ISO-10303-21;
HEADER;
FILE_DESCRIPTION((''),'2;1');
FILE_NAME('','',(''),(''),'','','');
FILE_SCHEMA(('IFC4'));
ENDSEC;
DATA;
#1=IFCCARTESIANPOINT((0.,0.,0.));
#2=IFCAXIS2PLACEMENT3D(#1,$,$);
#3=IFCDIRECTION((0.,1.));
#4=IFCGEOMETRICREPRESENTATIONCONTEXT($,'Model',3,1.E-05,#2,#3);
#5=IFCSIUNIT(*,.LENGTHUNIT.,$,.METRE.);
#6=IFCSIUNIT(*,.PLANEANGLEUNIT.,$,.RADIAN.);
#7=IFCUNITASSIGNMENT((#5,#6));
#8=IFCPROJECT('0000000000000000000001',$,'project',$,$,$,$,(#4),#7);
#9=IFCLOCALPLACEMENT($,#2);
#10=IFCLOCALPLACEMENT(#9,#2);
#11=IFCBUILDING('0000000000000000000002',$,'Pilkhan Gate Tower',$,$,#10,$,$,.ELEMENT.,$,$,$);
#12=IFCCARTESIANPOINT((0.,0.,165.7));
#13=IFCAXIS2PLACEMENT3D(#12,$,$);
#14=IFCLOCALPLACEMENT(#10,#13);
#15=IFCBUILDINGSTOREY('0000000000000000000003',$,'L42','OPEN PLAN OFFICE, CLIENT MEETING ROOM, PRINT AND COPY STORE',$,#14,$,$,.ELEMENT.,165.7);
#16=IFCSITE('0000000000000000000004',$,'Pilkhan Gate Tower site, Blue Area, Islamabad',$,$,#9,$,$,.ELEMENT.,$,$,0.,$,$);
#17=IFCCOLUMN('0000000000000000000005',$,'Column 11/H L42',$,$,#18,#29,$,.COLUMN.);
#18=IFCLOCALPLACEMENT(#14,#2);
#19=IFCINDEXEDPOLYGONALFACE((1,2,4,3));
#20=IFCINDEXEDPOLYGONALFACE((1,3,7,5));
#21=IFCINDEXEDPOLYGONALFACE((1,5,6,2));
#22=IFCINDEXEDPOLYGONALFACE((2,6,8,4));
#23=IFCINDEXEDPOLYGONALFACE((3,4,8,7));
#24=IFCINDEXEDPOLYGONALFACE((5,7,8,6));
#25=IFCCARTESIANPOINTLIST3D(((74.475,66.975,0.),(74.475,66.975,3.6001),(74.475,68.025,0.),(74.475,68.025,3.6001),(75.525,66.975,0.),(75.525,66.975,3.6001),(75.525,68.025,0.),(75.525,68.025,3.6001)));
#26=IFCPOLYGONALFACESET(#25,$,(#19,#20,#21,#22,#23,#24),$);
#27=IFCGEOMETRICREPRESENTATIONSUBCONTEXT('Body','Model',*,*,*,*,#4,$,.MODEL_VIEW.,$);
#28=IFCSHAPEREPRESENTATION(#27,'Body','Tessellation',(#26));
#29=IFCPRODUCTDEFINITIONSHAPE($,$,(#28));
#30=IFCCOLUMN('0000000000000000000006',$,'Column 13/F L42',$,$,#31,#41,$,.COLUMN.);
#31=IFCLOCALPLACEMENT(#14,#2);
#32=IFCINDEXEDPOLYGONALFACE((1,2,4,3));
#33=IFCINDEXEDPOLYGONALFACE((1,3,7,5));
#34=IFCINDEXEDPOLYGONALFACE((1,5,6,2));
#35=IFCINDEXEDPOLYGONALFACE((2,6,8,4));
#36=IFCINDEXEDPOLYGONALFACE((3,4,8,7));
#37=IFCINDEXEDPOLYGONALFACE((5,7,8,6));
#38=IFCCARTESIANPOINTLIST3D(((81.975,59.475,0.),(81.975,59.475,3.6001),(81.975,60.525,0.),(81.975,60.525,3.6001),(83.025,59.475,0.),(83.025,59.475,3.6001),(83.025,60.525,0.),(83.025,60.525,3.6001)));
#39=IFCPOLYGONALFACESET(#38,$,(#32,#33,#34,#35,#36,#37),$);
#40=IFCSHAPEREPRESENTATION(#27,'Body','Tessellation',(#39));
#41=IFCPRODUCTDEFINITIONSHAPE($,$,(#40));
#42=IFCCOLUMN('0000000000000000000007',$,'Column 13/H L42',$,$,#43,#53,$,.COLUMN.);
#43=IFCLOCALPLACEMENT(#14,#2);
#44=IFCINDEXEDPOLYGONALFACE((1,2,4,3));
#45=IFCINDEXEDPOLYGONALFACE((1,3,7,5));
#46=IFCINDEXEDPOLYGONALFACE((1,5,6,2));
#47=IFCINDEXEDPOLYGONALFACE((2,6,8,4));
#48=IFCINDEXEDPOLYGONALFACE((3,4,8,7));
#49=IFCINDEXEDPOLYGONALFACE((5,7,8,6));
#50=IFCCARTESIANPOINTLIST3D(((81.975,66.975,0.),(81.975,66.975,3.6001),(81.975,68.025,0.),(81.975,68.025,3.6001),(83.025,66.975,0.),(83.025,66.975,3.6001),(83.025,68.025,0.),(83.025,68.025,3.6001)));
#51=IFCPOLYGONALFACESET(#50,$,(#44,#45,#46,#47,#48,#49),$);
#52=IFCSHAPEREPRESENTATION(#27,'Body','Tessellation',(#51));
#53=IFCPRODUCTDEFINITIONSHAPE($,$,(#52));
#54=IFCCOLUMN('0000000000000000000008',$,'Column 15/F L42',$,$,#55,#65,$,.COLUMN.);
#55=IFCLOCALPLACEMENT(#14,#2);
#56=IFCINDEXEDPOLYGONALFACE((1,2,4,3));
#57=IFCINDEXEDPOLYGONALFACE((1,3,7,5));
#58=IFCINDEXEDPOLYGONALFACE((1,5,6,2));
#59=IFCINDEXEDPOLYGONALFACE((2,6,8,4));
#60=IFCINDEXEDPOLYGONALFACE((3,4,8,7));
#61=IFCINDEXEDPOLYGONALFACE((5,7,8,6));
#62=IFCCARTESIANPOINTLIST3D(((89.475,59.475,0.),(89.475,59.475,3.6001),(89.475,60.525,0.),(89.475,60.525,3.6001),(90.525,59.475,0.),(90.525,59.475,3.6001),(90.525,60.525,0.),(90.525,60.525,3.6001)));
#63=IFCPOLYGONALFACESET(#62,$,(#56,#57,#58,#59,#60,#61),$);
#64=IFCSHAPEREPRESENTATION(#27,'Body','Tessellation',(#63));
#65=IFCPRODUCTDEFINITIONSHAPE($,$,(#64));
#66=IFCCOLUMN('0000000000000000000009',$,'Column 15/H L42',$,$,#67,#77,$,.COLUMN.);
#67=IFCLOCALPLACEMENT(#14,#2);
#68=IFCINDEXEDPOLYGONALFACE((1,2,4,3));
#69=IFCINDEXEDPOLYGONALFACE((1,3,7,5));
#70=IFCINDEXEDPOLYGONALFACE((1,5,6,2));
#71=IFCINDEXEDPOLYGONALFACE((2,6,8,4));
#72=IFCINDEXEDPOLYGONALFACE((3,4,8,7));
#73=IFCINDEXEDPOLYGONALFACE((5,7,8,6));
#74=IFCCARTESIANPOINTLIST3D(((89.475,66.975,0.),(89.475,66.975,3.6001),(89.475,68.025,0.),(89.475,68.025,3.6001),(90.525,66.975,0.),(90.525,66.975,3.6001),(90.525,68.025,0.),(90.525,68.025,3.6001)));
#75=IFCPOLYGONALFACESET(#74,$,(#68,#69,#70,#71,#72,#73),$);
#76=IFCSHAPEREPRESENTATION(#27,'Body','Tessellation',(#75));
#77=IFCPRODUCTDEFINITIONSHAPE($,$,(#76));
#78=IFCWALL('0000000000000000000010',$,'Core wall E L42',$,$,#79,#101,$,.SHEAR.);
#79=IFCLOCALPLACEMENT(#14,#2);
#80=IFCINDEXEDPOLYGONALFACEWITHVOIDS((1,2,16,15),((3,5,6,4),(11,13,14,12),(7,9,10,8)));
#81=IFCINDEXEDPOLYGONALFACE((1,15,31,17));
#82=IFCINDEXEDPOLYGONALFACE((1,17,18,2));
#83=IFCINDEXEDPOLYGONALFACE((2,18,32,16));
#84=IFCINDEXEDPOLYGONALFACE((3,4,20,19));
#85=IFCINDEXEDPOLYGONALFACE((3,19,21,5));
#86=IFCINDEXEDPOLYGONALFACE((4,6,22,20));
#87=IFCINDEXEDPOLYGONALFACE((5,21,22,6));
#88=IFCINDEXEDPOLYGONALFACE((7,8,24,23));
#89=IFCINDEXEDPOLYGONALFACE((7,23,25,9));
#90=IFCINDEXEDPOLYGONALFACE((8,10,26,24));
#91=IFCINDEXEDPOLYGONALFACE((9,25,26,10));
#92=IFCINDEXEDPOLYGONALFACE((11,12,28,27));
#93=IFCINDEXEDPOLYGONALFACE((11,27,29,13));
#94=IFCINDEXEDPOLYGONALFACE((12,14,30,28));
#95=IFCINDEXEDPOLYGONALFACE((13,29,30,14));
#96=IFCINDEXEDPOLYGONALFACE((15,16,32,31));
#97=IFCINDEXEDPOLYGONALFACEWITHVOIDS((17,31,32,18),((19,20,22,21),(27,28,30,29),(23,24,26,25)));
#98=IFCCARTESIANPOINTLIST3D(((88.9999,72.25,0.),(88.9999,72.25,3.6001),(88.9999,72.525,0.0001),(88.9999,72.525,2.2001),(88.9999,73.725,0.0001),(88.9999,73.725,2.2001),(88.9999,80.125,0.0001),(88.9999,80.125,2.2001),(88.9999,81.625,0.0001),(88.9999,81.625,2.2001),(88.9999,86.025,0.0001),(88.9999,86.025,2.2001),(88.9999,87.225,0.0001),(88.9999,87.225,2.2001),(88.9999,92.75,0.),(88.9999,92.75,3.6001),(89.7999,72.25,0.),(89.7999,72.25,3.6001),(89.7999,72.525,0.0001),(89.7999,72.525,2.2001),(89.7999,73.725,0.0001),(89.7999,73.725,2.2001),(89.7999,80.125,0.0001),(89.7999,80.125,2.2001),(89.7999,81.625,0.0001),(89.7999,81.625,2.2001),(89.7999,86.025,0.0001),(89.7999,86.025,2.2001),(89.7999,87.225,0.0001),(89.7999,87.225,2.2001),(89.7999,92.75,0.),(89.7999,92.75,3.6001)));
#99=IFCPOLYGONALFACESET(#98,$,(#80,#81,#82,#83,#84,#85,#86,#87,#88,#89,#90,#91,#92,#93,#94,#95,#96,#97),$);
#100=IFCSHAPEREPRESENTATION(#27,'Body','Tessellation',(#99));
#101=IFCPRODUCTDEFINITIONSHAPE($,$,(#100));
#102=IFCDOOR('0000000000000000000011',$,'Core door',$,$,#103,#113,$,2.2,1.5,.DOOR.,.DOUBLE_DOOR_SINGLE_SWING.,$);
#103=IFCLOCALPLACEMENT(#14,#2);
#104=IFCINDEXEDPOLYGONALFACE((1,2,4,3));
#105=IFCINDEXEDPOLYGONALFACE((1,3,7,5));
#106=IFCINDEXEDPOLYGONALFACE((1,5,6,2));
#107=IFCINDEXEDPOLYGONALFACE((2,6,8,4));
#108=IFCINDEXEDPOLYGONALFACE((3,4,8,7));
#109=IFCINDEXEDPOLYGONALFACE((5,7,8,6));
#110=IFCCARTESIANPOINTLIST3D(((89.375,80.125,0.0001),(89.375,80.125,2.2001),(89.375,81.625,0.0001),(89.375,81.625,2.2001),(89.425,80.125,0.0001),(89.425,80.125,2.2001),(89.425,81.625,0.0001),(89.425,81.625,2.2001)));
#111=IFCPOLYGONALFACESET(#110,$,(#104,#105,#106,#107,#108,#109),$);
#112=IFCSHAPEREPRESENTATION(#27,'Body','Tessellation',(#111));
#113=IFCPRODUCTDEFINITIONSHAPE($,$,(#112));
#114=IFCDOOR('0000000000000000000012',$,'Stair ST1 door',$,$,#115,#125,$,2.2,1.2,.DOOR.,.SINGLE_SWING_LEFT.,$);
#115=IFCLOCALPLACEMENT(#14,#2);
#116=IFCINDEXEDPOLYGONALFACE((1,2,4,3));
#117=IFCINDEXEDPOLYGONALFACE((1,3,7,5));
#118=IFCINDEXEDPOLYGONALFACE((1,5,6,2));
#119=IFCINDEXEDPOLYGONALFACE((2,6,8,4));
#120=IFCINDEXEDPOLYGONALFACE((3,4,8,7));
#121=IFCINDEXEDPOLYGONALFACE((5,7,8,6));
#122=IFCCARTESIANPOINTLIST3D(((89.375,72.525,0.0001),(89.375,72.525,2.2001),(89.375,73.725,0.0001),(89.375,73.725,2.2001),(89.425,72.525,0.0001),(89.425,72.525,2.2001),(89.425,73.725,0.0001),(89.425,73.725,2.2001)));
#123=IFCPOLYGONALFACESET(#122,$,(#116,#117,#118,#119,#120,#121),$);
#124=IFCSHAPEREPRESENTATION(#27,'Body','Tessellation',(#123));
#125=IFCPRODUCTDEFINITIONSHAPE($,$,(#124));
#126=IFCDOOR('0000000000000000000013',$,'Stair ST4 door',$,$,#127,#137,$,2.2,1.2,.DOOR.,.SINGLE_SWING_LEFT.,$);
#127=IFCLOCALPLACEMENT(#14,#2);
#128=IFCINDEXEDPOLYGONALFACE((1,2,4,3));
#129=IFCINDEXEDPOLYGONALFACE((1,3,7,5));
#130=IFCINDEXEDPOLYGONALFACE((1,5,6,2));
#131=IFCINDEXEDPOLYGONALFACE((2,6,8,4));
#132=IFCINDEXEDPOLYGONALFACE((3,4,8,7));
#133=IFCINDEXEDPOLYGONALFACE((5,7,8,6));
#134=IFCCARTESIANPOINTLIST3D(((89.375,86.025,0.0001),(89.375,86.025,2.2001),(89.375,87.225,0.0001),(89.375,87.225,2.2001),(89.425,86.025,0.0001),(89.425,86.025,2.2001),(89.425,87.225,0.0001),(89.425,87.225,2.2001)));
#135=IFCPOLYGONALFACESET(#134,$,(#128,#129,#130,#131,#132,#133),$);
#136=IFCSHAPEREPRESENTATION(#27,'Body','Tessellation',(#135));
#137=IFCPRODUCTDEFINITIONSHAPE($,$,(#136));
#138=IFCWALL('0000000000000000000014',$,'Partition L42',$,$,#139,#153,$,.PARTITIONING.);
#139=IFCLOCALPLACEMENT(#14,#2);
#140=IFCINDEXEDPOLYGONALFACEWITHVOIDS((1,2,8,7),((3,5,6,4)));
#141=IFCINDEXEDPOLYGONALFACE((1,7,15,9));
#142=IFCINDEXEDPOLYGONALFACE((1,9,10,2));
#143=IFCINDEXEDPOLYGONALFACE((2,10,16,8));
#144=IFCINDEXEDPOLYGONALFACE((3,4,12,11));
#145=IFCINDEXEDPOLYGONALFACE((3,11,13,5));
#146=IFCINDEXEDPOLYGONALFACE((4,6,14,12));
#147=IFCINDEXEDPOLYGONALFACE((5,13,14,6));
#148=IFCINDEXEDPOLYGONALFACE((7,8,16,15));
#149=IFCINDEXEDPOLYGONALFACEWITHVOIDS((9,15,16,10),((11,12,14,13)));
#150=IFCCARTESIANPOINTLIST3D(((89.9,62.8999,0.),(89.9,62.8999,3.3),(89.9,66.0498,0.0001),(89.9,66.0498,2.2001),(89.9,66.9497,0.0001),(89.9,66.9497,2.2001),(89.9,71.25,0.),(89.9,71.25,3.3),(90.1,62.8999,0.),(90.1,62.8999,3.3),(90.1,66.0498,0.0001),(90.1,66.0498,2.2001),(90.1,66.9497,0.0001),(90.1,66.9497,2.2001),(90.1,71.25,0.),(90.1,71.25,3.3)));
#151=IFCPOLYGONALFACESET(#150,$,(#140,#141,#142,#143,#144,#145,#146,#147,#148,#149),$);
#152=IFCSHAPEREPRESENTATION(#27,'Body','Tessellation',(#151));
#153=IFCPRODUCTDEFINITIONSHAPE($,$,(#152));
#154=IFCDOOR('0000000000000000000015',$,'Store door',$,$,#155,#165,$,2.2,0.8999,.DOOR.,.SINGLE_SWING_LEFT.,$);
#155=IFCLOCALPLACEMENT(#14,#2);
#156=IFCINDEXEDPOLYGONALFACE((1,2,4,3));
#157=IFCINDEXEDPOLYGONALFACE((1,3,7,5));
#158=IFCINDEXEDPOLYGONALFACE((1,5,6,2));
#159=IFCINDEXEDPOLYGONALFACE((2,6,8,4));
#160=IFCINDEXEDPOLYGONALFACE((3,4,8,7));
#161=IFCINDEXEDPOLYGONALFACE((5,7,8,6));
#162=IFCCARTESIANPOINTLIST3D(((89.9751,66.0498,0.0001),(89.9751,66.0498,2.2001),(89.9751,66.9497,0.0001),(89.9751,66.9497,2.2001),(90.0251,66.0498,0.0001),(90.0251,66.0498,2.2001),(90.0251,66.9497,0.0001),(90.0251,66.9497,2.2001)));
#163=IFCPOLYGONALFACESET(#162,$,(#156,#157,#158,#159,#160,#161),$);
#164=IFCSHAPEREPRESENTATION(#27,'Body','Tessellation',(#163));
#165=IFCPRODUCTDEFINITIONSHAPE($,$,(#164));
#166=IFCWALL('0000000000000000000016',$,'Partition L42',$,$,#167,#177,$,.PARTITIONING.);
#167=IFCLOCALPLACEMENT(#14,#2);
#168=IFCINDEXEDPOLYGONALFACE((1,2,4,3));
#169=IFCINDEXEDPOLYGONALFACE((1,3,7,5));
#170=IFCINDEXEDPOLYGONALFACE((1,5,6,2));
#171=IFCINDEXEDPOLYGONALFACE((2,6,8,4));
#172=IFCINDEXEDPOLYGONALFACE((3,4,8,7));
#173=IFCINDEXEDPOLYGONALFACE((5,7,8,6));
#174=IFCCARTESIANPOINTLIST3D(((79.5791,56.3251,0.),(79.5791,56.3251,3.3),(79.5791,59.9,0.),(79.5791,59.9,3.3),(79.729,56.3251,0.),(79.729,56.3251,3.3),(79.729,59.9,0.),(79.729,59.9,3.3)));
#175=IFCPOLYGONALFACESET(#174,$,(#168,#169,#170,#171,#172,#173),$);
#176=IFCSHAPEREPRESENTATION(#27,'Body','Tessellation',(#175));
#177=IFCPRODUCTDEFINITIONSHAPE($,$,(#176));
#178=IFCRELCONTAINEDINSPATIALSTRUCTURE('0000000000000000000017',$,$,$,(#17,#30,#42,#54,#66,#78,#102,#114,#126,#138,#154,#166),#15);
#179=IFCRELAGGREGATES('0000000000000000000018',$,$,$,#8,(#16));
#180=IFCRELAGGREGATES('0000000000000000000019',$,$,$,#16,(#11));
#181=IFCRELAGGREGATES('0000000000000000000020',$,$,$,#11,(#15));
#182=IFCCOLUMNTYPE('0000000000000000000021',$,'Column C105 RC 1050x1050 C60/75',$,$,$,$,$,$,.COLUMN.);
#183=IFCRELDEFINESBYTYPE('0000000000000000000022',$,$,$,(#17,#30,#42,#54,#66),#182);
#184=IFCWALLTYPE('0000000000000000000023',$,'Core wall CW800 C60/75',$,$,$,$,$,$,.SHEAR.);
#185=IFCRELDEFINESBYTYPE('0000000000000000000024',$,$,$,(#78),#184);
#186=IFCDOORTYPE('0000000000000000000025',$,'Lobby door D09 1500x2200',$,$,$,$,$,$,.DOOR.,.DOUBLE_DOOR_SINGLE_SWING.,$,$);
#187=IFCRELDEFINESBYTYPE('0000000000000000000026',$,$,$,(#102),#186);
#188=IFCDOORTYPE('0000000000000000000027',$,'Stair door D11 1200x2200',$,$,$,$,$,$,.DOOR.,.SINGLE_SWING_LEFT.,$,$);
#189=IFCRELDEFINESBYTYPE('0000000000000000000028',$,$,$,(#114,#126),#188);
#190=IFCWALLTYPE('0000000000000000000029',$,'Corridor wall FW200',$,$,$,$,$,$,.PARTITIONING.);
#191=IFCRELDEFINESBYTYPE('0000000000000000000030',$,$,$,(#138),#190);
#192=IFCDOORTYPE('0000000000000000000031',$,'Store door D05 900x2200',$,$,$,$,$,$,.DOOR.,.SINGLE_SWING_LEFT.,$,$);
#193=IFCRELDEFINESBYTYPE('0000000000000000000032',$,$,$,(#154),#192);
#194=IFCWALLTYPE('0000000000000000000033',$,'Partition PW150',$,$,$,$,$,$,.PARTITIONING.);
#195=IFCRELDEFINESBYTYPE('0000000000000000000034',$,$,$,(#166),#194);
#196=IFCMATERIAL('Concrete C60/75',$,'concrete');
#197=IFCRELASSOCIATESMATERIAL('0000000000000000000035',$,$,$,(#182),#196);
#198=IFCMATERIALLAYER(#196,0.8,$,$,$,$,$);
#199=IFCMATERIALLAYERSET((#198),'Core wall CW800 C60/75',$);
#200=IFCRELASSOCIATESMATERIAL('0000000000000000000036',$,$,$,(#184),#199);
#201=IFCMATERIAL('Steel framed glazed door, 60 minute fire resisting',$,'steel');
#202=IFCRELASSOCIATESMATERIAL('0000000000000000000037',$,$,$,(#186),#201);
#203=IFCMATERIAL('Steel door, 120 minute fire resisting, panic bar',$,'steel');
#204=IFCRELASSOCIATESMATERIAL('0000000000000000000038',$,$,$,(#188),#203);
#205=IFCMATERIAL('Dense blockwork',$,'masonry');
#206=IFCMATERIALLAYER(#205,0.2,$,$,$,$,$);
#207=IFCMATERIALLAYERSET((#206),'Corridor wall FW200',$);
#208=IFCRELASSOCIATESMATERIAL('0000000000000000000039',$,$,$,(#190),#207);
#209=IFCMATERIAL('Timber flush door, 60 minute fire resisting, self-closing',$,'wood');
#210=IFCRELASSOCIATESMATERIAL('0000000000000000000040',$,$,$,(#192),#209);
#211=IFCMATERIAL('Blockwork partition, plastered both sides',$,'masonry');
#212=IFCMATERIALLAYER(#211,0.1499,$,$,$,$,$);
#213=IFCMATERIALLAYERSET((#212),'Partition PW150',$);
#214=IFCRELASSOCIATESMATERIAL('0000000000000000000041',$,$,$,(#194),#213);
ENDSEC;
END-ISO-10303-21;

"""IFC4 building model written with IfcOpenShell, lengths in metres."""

from ifc_helpers import new_model, si_unit, direction, frame, frame_2d, origin, origin_2d, place, context, subcontext, project, spatial, rectangle, extrude, material, layer, layer_set, material_profile, profile_set, type_object, element, fill, save


model = new_model("IFC4")

# Units and contexts
model_context = context("Model", 3, precision=1e-05, world=origin(), true_north=direction((0.0, 1.0)))
body_context = subcontext(model_context, "Body", "Model", "MODEL_VIEW")
ifc_project = project(units=[si_unit("LENGTHUNIT", "METRE"), si_unit("PLANEANGLEUNIT", "RADIAN")], contexts=[model_context])

# Site, building, storey
site_placement = place(None, origin())
site = spatial("IfcSite", under=ifc_project, at=site_placement, Name="Pilkhan Gate Tower site, Blue Area, Islamabad", CompositionType="ELEMENT", RefElevation=0.0)
building_placement = place(site_placement, origin())
building = spatial("IfcBuilding", under=site, at=building_placement, Name="Pilkhan Gate Tower", CompositionType="ELEMENT")
storey_placement = place(building_placement, frame((0.0, 0.0, 165.7)))
storey = spatial("IfcBuildingStorey", under=building, at=storey_placement, Name="L42", Description="OPEN PLAN OFFICE, CLIENT MEETING ROOM, PRINT AND COPY STORE", CompositionType="ELEMENT", Elevation=165.7)

# Columns
ifc_material_1 = material(Name="Concrete C60/75", Category="concrete")
ifc_material_profile = material_profile(ifc_material_1, rectangle(XDim=1.05, YDim=1.05, at=origin_2d()), Name="RC 1050x1050")
ifc_profile_set = profile_set([ifc_material_profile], Name="Concrete C60/75")
column_type = type_object("IfcColumnType", Name="Column C105 RC 1050x1050 C60/75", PredefinedType="COLUMN", material=ifc_profile_set)
for number, where, z_axis, x_axis, name in (
    (1, (75.0, 67.5, 0.0), (0.0, 0.0, 1.0), (1.0, 0.0, 0.0), "Column 11/H L42"),
    (2, (82.5, 60.0, 0.0), (0.0, 0.0, 1.0), (1.0, 0.0, 0.0), "Column 13/F L42"),
    (3, (82.5, 67.5, 0.0), (0.0, 0.0, 1.0), (1.0, 0.0, 0.0), "Column 13/H L42"),
    (4, (90.0, 60.0, 0.0), (0.0, 0.0, 1.0), (1.0, 0.0, 0.0), "Column 15/F L42"),
    (5, (90.0, 67.5, 0.0), (0.0, 0.0, 1.0), (1.0, 0.0, 0.0), "Column 15/H L42"),
):
    element("IfcColumn", number, at=place(storey_placement, frame(where, z_axis=z_axis, x_axis=x_axis)), inside=storey, type_object=column_type, Name=name, PredefinedType="COLUMN", context=body_context, shape_type="SweptSolid", body=[
        extrude(rectangle(XDim=1.05, YDim=1.05, at=origin_2d()), origin(), (0.0, 0.0, 1.0), 3.6001),
    ])

# Wall, openings, doors
ifc_layer_1 = layer(ifc_material_1, 0.8)
ifc_layer_set_1 = layer_set([ifc_layer_1], Name="Core wall CW800 C60/75")
wall_type_1 = type_object("IfcWallType", Name="Core wall CW800 C60/75", PredefinedType="SHEAR", material=ifc_layer_set_1)
wall_1_placement = place(storey_placement, frame((89.3999, 72.25, 0.0), z_axis=(0.0, 0.0, 1.0), x_axis=(0.0, 1.0, 0.0)))
wall_1 = element("IfcWall", 6, at=wall_1_placement, inside=storey, type_object=wall_type_1, Name="Core wall E L42", PredefinedType="SHEAR", context=body_context, shape_type="SweptSolid", body=[
    extrude(rectangle(XDim=20.5, YDim=0.8, at=frame_2d((10.25, 0.0))), origin(), (0.0, 0.0, 1.0), 3.6001),
])
opening_1_placement = place(wall_1_placement, frame((0.2749, 0.0, 0.0)))
opening_1 = element("IfcOpeningElement", 7, at=opening_1_placement, cuts=wall_1, PredefinedType="OPENING", context=body_context, shape_type="SweptSolid", body=[
    extrude(rectangle(XDim=1.2, YDim=2.2, at=frame_2d((0.6001, 1.1001))), frame((0.0, 0.4099, 0.0), z_axis=(0.0, -1.0, 0.0), x_axis=(1.0, 0.0, 0.0)), (0.0, 0.0, 1.0), 0.8201),
])
opening_2_placement = place(wall_1_placement, frame((13.7749, 0.0, 0.0)))
opening_2 = element("IfcOpeningElement", 8, at=opening_2_placement, cuts=wall_1, PredefinedType="OPENING", context=body_context, shape_type="SweptSolid", body=[
    extrude(rectangle(XDim=1.2, YDim=2.2, at=frame_2d((0.6001, 1.1001))), frame((0.0, 0.4099, 0.0), z_axis=(0.0, -1.0, 0.0), x_axis=(1.0, 0.0, 0.0)), (0.0, 0.0, 1.0), 0.8201),
])
opening_3_placement = place(wall_1_placement, frame((7.875, 0.0, 0.0)))
opening_3 = element("IfcOpeningElement", 9, at=opening_3_placement, cuts=wall_1, PredefinedType="OPENING", context=body_context, shape_type="SweptSolid", body=[
    extrude(rectangle(XDim=1.5, YDim=2.2, at=frame_2d((0.75, 1.1001))), frame((0.0, 0.4099, 0.0), z_axis=(0.0, -1.0, 0.0), x_axis=(1.0, 0.0, 0.0)), (0.0, 0.0, 1.0), 0.8201),
])
ifc_material_2 = material(Name="Steel framed glazed door, 60 minute fire resisting", Category="steel")
door_type_1 = type_object("IfcDoorType", Name="Lobby door D09 1500x2200", OperationType="DOUBLE_DOOR_SINGLE_SWING", PredefinedType="DOOR", material=ifc_material_2)
door_1_placement = place(opening_3_placement, origin())
door_1 = element("IfcDoor", 10, at=door_1_placement, inside=storey, type_object=door_type_1, Name="Core door", OperationType="DOUBLE_DOOR_SINGLE_SWING", OverallHeight=2.2, OverallWidth=1.5, PredefinedType="DOOR", context=body_context, shape_type="SweptSolid", body=[
    extrude(rectangle(XDim=1.5, YDim=2.2, at=frame_2d((0.75, 1.1001))), frame((0.0, 0.0249, 0.0), z_axis=(0.0, -1.0, 0.0), x_axis=(1.0, 0.0, 0.0)), (0.0, 0.0, 1.0), 0.05),
])
fill(opening_3, door_1)
ifc_material_3 = material(Name="Steel door, 120 minute fire resisting, panic bar", Category="steel")
door_type_2 = type_object("IfcDoorType", Name="Stair door D11 1200x2200", OperationType="SINGLE_SWING_LEFT", PredefinedType="DOOR", material=ifc_material_3)
door_2_placement = place(opening_1_placement, origin())
door_2 = element("IfcDoor", 11, at=door_2_placement, inside=storey, type_object=door_type_2, Name="Stair ST1 door", OperationType="SINGLE_SWING_LEFT", OverallHeight=2.2, OverallWidth=1.2, PredefinedType="DOOR", context=body_context, shape_type="SweptSolid", body=[
    extrude(rectangle(XDim=1.2, YDim=2.2, at=frame_2d((0.6001, 1.1001))), frame((0.0, 0.0249, 0.0), z_axis=(0.0, -1.0, 0.0), x_axis=(1.0, 0.0, 0.0)), (0.0, 0.0, 1.0), 0.05),
])
fill(opening_1, door_2)
door_3_placement = place(opening_2_placement, origin())
door_3 = element("IfcDoor", 12, at=door_3_placement, inside=storey, type_object=door_type_2, Name="Stair ST4 door", OperationType="SINGLE_SWING_LEFT", OverallHeight=2.2, OverallWidth=1.2, PredefinedType="DOOR", context=body_context, shape_type="SweptSolid", body=[
    extrude(rectangle(XDim=1.2, YDim=2.2, at=frame_2d((0.6001, 1.1001))), frame((0.0, 0.0249, 0.0), z_axis=(0.0, -1.0, 0.0), x_axis=(1.0, 0.0, 0.0)), (0.0, 0.0, 1.0), 0.05),
])
fill(opening_2, door_3)

# Wall, opening, door
ifc_material_4 = material(Name="Dense blockwork", Category="masonry")
ifc_layer_2 = layer(ifc_material_4, 0.2)
ifc_layer_set_2 = layer_set([ifc_layer_2], Name="Corridor wall FW200")
wall_type_2 = type_object("IfcWallType", Name="Corridor wall FW200", PredefinedType="PARTITIONING", material=ifc_layer_set_2)
wall_2_placement = place(storey_placement, frame((90.0, 62.8999, 0.0), z_axis=(0.0, 0.0, 1.0), x_axis=(0.0, 1.0, 0.0)))
wall_2 = element("IfcWall", 13, at=wall_2_placement, inside=storey, type_object=wall_type_2, Name="Partition L42", PredefinedType="PARTITIONING", context=body_context, shape_type="SweptSolid", body=[
    extrude(rectangle(XDim=8.3501, YDim=0.2, at=frame_2d((4.175, 0.0))), origin(), (0.0, 0.0, 1.0), 3.3),
])
opening_4_placement = place(wall_2_placement, frame((3.1499, 0.0, 0.0)))
opening_4 = element("IfcOpeningElement", 14, at=opening_4_placement, cuts=wall_2, PredefinedType="OPENING", context=body_context, shape_type="SweptSolid", body=[
    extrude(rectangle(XDim=0.8999, YDim=2.2, at=frame_2d((0.45, 1.1001))), frame((0.0, 0.1099, 0.0), z_axis=(0.0, -1.0, 0.0), x_axis=(1.0, 0.0, 0.0)), (0.0, 0.0, 1.0), 0.22),
])
ifc_material_5 = material(Name="Timber flush door, 60 minute fire resisting, self-closing", Category="wood")
door_type_3 = type_object("IfcDoorType", Name="Store door D05 900x2200", OperationType="SINGLE_SWING_LEFT", PredefinedType="DOOR", material=ifc_material_5)
door_4_placement = place(opening_4_placement, origin())
door_4 = element("IfcDoor", 15, at=door_4_placement, inside=storey, type_object=door_type_3, Name="Store door", OperationType="SINGLE_SWING_LEFT", OverallHeight=2.2, OverallWidth=0.8999, PredefinedType="DOOR", context=body_context, shape_type="SweptSolid", body=[
    extrude(rectangle(XDim=0.8999, YDim=2.2, at=frame_2d((0.45, 1.1001))), frame((0.0, 0.0249, 0.0), z_axis=(0.0, -1.0, 0.0), x_axis=(1.0, 0.0, 0.0)), (0.0, 0.0, 1.0), 0.05),
])
fill(opening_4, door_4)

# Wall
ifc_material_6 = material(Name="Blockwork partition, plastered both sides", Category="masonry")
ifc_layer_3 = layer(ifc_material_6, 0.1499)
ifc_layer_set_3 = layer_set([ifc_layer_3], Name="Partition PW150")
wall_type_3 = type_object("IfcWallType", Name="Partition PW150", PredefinedType="PARTITIONING", material=ifc_layer_set_3)
wall_3_placement = place(storey_placement, frame((79.6541, 56.325, 0.0), z_axis=(0.0, 0.0, 1.0), x_axis=(0.0, 1.0, 0.0)))
element("IfcWall", 16, at=wall_3_placement, inside=storey, type_object=wall_type_3, Name="Partition L42", PredefinedType="PARTITIONING", context=body_context, shape_type="SweptSolid", body=[
    extrude(rectangle(XDim=3.575, YDim=0.1499, at=frame_2d((1.7876, 0.0))), origin(), (0.0, 0.0, 1.0), 3.3),
])

save(model, "model.ifc")
